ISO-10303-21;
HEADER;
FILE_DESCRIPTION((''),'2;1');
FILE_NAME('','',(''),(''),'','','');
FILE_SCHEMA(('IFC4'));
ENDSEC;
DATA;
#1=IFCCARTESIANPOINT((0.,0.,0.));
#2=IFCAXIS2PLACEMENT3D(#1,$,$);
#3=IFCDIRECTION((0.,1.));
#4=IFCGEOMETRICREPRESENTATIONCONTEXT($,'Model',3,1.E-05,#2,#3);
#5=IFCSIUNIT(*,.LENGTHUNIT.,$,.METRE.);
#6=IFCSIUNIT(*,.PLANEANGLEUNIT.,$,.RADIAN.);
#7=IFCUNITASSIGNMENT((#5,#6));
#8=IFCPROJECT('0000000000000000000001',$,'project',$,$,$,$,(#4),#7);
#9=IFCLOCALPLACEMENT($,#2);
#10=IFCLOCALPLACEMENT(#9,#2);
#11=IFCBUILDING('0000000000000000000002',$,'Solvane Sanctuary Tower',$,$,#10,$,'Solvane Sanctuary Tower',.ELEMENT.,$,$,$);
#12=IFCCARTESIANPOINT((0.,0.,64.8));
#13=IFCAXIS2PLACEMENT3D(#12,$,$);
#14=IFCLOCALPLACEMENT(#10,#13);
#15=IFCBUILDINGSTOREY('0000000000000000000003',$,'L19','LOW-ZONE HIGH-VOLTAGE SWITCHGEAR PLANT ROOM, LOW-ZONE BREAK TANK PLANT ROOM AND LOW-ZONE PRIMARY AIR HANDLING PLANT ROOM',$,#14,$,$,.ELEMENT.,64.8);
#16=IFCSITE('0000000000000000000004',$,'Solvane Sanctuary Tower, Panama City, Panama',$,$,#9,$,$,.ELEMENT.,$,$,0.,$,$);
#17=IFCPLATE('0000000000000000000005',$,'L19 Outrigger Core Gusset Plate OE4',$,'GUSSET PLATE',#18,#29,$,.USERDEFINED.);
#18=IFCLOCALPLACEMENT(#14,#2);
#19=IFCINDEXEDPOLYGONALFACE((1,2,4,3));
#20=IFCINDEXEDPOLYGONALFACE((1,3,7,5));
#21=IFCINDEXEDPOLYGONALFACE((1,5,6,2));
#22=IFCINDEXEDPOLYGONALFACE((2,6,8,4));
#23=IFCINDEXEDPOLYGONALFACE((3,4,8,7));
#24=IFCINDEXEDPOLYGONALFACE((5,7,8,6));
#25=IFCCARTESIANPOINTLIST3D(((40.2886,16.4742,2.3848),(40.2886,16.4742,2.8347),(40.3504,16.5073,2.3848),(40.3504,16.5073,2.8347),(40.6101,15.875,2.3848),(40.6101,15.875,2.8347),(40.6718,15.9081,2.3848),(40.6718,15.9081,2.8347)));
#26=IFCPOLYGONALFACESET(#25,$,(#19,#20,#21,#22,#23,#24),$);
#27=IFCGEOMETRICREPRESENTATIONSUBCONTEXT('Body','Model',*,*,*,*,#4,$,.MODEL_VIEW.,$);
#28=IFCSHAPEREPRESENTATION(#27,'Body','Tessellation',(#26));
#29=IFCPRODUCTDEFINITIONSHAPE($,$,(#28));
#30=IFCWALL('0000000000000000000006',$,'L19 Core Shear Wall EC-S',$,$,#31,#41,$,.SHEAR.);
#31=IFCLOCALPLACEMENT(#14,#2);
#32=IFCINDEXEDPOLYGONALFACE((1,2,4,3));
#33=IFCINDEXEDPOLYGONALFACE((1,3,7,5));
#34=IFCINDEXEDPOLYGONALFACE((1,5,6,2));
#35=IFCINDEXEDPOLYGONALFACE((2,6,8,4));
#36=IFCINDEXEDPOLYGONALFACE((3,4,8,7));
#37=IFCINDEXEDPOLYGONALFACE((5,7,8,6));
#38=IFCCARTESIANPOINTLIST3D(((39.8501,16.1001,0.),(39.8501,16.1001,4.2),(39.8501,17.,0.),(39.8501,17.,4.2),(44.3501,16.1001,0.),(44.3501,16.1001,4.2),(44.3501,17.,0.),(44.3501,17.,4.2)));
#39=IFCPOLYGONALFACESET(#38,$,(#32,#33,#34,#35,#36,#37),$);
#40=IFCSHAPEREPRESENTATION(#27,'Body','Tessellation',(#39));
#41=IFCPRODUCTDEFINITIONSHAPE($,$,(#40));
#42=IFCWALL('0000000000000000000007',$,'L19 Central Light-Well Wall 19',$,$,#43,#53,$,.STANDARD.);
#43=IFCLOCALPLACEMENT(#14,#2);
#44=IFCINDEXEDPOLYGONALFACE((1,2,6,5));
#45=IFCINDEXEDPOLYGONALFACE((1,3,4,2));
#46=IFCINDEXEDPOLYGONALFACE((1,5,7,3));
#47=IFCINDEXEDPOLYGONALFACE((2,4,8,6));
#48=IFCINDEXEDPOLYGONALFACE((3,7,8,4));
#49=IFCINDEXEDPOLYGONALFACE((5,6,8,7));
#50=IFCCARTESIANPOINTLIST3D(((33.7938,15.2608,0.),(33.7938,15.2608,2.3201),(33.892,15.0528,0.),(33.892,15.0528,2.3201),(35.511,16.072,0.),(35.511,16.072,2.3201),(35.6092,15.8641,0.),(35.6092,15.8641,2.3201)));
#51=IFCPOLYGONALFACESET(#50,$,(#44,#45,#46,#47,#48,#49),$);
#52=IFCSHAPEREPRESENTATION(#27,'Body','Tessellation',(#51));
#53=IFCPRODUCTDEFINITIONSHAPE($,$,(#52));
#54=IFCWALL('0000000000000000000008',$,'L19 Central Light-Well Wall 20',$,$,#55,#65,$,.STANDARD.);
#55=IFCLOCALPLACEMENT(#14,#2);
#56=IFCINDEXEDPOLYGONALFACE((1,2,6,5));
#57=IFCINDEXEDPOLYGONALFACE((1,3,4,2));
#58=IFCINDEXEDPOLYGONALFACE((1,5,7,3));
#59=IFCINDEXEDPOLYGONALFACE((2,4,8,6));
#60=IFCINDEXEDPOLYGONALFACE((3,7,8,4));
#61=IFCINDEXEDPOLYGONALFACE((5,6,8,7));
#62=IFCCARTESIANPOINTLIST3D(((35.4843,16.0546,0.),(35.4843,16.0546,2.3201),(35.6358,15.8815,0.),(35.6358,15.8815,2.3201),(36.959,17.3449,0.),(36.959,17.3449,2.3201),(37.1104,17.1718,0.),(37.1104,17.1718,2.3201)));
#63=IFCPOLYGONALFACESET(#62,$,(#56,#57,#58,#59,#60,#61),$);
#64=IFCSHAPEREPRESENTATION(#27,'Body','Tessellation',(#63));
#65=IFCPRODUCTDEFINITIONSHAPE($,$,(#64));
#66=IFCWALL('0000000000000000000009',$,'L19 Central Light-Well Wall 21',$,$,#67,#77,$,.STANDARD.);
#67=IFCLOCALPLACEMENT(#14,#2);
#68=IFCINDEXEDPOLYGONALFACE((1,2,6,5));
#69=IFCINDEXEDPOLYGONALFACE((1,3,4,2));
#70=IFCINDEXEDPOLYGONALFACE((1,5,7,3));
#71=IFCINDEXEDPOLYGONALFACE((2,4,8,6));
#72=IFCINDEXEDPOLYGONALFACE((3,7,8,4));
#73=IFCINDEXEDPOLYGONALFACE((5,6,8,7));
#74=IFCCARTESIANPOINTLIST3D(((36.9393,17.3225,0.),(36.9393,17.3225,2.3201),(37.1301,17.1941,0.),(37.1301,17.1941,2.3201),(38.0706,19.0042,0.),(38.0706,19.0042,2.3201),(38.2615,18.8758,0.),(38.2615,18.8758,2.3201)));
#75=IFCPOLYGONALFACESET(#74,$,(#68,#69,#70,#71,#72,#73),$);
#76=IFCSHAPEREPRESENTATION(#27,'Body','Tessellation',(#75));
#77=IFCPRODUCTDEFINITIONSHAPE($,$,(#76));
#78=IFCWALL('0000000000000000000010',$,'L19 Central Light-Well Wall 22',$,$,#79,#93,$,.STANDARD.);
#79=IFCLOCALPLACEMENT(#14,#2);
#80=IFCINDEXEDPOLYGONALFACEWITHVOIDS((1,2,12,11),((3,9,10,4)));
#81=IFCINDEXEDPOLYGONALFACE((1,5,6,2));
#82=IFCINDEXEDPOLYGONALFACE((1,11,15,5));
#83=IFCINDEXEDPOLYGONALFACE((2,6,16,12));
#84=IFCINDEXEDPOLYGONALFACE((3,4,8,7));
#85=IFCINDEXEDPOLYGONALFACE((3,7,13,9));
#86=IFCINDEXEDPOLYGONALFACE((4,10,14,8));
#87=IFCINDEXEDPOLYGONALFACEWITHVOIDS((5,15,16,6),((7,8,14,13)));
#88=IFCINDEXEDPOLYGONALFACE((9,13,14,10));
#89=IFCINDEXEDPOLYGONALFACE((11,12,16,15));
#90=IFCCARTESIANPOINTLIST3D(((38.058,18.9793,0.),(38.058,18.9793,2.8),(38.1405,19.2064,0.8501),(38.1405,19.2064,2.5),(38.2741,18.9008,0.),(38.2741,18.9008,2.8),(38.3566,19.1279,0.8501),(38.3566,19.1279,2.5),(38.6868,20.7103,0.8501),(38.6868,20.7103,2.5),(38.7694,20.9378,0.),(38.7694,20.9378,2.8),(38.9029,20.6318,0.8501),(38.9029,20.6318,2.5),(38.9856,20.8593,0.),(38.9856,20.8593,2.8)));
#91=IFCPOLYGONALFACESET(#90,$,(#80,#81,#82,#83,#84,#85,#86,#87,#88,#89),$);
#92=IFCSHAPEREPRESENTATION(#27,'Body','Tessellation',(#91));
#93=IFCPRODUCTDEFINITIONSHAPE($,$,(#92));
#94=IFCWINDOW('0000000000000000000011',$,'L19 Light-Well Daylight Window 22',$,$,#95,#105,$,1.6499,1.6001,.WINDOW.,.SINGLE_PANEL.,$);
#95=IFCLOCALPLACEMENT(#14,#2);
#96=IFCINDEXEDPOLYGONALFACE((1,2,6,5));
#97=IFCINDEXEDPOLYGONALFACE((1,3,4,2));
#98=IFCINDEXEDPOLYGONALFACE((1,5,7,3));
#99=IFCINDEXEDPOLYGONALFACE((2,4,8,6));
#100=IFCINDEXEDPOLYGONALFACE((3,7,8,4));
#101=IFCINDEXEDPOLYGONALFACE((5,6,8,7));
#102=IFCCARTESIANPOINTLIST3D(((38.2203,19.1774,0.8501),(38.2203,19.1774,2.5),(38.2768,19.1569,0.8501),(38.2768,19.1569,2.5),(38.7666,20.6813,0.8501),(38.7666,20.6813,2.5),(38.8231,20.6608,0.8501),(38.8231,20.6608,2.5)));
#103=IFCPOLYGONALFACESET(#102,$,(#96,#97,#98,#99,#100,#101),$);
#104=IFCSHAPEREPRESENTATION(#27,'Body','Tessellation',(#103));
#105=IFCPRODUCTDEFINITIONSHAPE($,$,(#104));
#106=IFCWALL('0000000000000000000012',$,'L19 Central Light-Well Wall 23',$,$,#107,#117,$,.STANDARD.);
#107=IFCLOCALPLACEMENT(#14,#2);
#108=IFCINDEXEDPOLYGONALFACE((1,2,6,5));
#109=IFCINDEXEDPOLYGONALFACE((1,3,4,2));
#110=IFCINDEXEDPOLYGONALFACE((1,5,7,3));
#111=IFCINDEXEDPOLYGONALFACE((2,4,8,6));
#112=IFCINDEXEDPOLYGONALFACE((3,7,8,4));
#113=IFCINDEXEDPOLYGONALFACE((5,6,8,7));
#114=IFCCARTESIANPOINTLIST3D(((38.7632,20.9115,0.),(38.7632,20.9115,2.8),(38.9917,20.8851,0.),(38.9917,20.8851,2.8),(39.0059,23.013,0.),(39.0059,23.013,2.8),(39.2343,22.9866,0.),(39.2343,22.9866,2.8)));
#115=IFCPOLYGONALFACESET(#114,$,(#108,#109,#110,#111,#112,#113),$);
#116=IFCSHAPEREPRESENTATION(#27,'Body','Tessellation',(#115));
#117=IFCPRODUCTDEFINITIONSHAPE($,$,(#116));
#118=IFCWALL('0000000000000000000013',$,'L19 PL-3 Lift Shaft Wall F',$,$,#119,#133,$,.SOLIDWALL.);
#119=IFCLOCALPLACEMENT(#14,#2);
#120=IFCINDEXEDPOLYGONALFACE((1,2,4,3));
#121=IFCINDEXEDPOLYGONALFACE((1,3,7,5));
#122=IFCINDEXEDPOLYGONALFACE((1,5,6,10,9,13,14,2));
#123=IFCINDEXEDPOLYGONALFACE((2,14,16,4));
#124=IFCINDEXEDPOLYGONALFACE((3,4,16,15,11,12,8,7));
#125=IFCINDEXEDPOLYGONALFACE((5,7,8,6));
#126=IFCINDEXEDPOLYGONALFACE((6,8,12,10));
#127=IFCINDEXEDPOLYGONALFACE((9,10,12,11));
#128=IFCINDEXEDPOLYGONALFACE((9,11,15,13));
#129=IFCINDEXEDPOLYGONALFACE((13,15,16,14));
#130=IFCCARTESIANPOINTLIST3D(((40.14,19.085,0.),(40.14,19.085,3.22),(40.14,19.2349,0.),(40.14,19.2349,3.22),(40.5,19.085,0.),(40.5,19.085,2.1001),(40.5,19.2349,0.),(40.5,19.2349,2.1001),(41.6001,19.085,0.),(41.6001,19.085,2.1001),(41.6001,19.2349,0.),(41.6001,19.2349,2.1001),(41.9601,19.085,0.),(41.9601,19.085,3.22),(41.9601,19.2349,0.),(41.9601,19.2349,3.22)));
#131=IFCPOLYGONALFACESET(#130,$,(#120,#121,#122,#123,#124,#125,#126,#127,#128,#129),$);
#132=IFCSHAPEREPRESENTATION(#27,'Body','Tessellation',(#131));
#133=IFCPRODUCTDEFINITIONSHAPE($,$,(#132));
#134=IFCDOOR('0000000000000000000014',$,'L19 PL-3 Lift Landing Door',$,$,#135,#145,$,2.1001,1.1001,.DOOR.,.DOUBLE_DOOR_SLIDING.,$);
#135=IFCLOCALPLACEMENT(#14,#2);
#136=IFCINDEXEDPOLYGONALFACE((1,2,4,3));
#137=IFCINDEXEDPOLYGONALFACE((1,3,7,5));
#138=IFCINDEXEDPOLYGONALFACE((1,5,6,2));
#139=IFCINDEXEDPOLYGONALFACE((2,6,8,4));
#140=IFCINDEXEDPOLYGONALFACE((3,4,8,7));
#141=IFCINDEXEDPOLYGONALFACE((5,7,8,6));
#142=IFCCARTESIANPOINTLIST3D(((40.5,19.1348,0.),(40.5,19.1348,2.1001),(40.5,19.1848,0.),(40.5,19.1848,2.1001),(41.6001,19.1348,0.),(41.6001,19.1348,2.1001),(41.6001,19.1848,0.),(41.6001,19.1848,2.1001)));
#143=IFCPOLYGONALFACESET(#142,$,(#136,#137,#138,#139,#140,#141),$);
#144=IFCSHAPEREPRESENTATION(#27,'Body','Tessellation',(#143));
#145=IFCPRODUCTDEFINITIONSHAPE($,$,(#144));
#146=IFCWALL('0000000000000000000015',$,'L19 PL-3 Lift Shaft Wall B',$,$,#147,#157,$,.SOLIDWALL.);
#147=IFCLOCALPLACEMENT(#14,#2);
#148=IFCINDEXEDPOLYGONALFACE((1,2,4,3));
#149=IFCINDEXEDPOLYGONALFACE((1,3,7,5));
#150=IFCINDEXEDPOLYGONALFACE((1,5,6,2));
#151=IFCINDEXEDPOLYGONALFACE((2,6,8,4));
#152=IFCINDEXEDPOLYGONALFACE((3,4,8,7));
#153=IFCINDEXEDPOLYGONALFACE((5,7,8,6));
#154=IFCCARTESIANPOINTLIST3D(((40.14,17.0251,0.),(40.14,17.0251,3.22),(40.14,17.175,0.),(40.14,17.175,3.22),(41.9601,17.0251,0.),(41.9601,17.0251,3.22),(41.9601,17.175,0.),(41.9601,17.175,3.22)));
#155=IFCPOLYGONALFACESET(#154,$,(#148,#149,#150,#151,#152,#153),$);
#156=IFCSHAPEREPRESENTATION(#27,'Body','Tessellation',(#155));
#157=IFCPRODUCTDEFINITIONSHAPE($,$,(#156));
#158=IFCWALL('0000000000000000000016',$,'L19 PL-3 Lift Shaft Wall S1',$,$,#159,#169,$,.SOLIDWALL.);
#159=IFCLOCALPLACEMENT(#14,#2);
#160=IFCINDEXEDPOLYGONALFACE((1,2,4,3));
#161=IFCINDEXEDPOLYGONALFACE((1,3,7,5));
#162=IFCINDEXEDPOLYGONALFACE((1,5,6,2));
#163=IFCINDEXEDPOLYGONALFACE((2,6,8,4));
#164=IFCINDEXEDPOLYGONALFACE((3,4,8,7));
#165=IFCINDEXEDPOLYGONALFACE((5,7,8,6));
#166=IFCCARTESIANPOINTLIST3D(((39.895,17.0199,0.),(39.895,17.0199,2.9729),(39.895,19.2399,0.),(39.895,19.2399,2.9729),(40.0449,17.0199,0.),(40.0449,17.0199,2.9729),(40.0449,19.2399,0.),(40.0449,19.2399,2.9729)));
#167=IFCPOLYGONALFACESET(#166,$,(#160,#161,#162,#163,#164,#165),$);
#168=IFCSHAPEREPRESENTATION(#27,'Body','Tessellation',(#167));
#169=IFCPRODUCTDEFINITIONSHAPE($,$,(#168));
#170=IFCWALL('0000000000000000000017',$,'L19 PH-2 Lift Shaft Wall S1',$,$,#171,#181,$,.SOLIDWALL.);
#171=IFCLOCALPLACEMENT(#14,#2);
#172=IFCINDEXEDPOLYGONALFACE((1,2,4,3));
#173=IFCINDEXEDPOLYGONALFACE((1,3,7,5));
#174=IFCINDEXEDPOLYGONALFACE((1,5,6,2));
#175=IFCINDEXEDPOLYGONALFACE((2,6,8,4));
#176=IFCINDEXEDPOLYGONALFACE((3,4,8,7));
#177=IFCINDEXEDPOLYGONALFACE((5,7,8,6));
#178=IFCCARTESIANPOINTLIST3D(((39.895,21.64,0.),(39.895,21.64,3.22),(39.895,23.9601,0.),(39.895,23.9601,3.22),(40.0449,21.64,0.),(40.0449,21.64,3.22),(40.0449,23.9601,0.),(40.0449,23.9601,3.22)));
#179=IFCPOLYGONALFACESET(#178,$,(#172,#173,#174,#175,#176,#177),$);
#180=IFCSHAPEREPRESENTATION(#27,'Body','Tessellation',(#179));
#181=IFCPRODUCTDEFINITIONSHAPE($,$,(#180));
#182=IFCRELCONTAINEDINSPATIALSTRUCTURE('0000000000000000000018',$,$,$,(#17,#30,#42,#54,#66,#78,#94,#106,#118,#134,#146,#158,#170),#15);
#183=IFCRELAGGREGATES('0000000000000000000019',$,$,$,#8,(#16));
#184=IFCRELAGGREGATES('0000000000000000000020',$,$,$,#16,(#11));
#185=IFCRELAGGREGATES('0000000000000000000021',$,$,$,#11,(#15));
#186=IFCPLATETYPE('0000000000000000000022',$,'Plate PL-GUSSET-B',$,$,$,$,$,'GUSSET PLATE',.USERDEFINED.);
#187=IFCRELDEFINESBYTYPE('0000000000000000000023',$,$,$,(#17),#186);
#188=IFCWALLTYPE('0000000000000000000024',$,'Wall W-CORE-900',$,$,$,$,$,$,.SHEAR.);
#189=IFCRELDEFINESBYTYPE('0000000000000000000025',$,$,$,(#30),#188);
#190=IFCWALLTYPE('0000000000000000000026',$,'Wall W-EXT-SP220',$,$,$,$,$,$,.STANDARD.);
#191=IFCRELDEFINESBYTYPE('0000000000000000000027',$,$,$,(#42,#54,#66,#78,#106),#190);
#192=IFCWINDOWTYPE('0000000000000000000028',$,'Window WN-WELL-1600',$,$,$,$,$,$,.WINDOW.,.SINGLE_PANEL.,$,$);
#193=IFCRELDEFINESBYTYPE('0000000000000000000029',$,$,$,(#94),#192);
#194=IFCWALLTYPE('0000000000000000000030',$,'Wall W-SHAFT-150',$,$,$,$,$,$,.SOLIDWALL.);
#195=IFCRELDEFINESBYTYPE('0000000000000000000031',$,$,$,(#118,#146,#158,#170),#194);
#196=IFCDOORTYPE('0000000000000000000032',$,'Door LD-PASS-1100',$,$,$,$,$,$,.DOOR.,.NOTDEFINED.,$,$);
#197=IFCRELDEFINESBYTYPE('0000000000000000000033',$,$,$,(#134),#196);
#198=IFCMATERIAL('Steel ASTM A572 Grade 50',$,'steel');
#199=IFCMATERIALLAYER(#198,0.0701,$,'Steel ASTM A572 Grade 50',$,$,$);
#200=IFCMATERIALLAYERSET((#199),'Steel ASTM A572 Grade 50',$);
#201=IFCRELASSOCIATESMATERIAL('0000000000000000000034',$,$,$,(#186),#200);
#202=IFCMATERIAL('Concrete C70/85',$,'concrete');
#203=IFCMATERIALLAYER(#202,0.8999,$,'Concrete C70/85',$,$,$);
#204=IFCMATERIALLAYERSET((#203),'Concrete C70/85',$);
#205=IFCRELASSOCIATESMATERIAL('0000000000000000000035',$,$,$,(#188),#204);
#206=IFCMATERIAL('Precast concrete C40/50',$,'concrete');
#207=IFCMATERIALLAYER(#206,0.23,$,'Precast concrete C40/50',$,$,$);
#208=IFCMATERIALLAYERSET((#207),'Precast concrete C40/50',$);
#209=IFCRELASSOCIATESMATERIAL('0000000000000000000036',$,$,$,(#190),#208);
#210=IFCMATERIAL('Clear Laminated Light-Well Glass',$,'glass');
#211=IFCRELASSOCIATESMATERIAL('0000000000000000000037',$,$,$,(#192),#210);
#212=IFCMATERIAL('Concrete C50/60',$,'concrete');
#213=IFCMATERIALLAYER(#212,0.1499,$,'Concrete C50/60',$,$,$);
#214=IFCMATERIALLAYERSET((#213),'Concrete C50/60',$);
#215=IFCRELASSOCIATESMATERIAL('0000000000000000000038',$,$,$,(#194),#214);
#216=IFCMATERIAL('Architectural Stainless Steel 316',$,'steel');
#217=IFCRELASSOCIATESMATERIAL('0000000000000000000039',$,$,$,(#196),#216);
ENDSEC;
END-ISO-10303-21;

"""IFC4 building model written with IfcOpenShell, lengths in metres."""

from ifc_helpers import new_model, si_unit, direction, frame, frame_2d, origin, origin_2d, place, context, subcontext, project, spatial, rectangle, extrude, material, layer, layer_set, type_object, element, fill, save


model = new_model("IFC4")

# Units and contexts
model_context = context("Model", 3, precision=1e-05, world=origin(), true_north=direction((0.0, 1.0)))
body_context = subcontext(model_context, "Body", "Model", "MODEL_VIEW")
ifc_project = project(units=[si_unit("LENGTHUNIT", "METRE"), si_unit("PLANEANGLEUNIT", "RADIAN")], contexts=[model_context])

# Site, building, storey
site_placement = place(None, origin())
site = spatial("IfcSite", under=ifc_project, at=site_placement, Name="Solvane Sanctuary Tower, Panama City, Panama", CompositionType="ELEMENT", RefElevation=0.0)
building_placement = place(site_placement, origin())
building = spatial("IfcBuilding", under=site, at=building_placement, Name="Solvane Sanctuary Tower", LongName="Solvane Sanctuary Tower", CompositionType="ELEMENT")
storey_placement = place(building_placement, frame((0.0, 0.0, 64.8)))
storey = spatial("IfcBuildingStorey", under=building, at=storey_placement, Name="L19", Description="LOW-ZONE HIGH-VOLTAGE SWITCHGEAR PLANT ROOM, LOW-ZONE BREAK TANK PLANT ROOM AND LOW-ZONE PRIMARY AIR HANDLING PLANT ROOM", CompositionType="ELEMENT", Elevation=64.8)

# Shared definitions
ifc_material_1 = material(Name="Concrete C70/85", Category="concrete")

# Plate
ifc_material_2 = material(Name="Steel ASTM A572 Grade 50", Category="steel")
ifc_layer_1 = layer(ifc_material_2, 0.0701, Name="Steel ASTM A572 Grade 50")
ifc_layer_set_1 = layer_set([ifc_layer_1], Name="Steel ASTM A572 Grade 50")
plate_type = type_object("IfcPlateType", Name="Plate PL-GUSSET-B", ElementType="GUSSET PLATE", PredefinedType="USERDEFINED", material=ifc_layer_set_1)
plate_placement = place(storey_placement, frame((40.4802, 16.1912, 2.3848), z_axis=(0.0, 0.0, 1.0), x_axis=(0.472705, -0.881221, 0.0)))
element("IfcPlate", 1, at=plate_placement, inside=storey, type_object=plate_type, Name="L19 Outrigger Core Gusset Plate OE4", ObjectType="GUSSET PLATE", PredefinedType="USERDEFINED", context=body_context, shape_type="SweptSolid", body=[
    extrude(rectangle(XDim=0.6799, YDim=0.0701, at=origin_2d()), origin(), (0.0, 0.0, 1.0), 0.45),
])

# Walls
ifc_layer_2 = layer(ifc_material_1, 0.8999, Name="Concrete C70/85")
ifc_layer_set_2 = layer_set([ifc_layer_2], Name="Concrete C70/85")
wall_type_1 = type_object("IfcWallType", Name="Wall W-CORE-900", PredefinedType="SHEAR", material=ifc_layer_set_2)
wall_1_placement = place(storey_placement, frame((39.8501, 16.55, 0.0), z_axis=(0.0, 0.0, 1.0), x_axis=(1.0, 0.0, 0.0)))
element("IfcWall", 2, at=wall_1_placement, inside=storey, type_object=wall_type_1, Name="L19 Core Shear Wall EC-S", PredefinedType="SHEAR", context=body_context, shape_type="SweptSolid", body=[
    extrude(rectangle(XDim=4.5, YDim=0.8999, at=frame_2d((2.25, 0.0))), origin(), (0.0, 0.0, 1.0), 4.2),
])
ifc_material_3 = material(Name="Precast concrete C40/50", Category="concrete")
ifc_layer_3 = layer(ifc_material_3, 0.23, Name="Precast concrete C40/50")
ifc_layer_set_3 = layer_set([ifc_layer_3], Name="Precast concrete C40/50")
wall_type_2 = type_object("IfcWallType", Name="Wall W-EXT-SP220", PredefinedType="STANDARD", material=ifc_layer_set_3)
wall_2_placement = place(storey_placement, frame((33.8428, 15.1567, 0.0), z_axis=(0.0, 0.0, 1.0), x_axis=(0.90418, 0.427152, 0.0)))
element("IfcWall", 3, at=wall_2_placement, inside=storey, type_object=wall_type_2, Name="L19 Central Light-Well Wall 19", PredefinedType="STANDARD", context=body_context, shape_type="SweptSolid", body=[
    extrude(rectangle(XDim=1.8992, YDim=0.23, at=frame_2d((0.9497, 0.0))), origin(), (0.0, 0.0, 1.0), 2.3201),
])
wall_3_placement = place(storey_placement, frame((35.5601, 15.968, 0.0), z_axis=(0.0, 0.0, 1.0), x_axis=(0.752577, 0.658505, 0.0)))
element("IfcWall", 4, at=wall_3_placement, inside=storey, type_object=wall_type_2, Name="L19 Central Light-Well Wall 20", PredefinedType="STANDARD", context=body_context, shape_type="SweptSolid", body=[
    extrude(rectangle(XDim=1.9595, YDim=0.23, at=frame_2d((0.9797, 0.0))), origin(), (0.0, 0.0, 1.0), 2.3201),
])
wall_4_placement = place(storey_placement, frame((37.0347, 17.2583, 0.0), z_axis=(0.0, 0.0, 1.0), x_axis=(0.558198, 0.829708, 0.0)))
element("IfcWall", 5, at=wall_4_placement, inside=storey, type_object=wall_type_2, Name="L19 Central Light-Well Wall 21", PredefinedType="STANDARD", context=body_context, shape_type="SweptSolid", body=[
    extrude(rectangle(XDim=2.0269, YDim=0.23, at=frame_2d((1.0134, 0.0))), origin(), (0.0, 0.0, 1.0), 2.3201),
])

# Wall, opening, window
wall_5_placement = place(storey_placement, frame((38.166, 18.9399, 0.0), z_axis=(0.0, 0.0, 1.0), x_axis=(0.341423, 0.93991, 0.0)))
wall_5 = element("IfcWall", 6, at=wall_5_placement, inside=storey, type_object=wall_type_2, Name="L19 Central Light-Well Wall 22", PredefinedType="STANDARD", context=body_context, shape_type="SweptSolid", body=[
    extrude(rectangle(XDim=2.0837, YDim=0.23, at=frame_2d((1.042, 0.0))), origin(), (0.0, 0.0, 1.0), 2.8),
])
opening_1_placement = place(wall_5_placement, frame((0.2417, 0.0, 0.8501)))
opening_1 = element("IfcOpeningElement", 7, at=opening_1_placement, cuts=wall_5, PredefinedType="OPENING", context=body_context, shape_type="SweptSolid", body=[
    extrude(rectangle(XDim=1.6001, YDim=1.6499, at=frame_2d((0.8, 0.825))), frame((0.0, 0.125, 0.0), z_axis=(0.0, -1.0, 0.0), x_axis=(1.0, 0.0, 0.0)), (0.0, 0.0, 1.0), 0.25),
])
ifc_material_4 = material(Name="Clear Laminated Light-Well Glass", Category="glass")
window_type = type_object("IfcWindowType", Name="Window WN-WELL-1600", PartitioningType="SINGLE_PANEL", PredefinedType="WINDOW", material=ifc_material_4)
window_placement = place(opening_1_placement, origin())
window = element("IfcWindow", 8, at=window_placement, inside=storey, type_object=window_type, Name="L19 Light-Well Daylight Window 22", OverallHeight=1.6499, OverallWidth=1.6001, PartitioningType="SINGLE_PANEL", PredefinedType="WINDOW", context=body_context, shape_type="SweptSolid", body=[
    extrude(rectangle(XDim=1.6001, YDim=1.6499, at=frame_2d((0.8, 0.825))), frame((0.0, 0.03, 0.0), z_axis=(0.0, -1.0, 0.0), x_axis=(1.0, 0.0, 0.0)), (0.0, 0.0, 1.0), 0.0601),
])
fill(opening_1, window)

# Wall
wall_6_placement = place(storey_placement, frame((38.8774, 20.8984, 0.0), z_axis=(0.0, 0.0, 1.0), x_axis=(0.114712, 0.993399, 0.0)))
element("IfcWall", 9, at=wall_6_placement, inside=storey, type_object=wall_type_2, Name="L19 Central Light-Well Wall 23", PredefinedType="STANDARD", context=body_context, shape_type="SweptSolid", body=[
    extrude(rectangle(XDim=2.1155, YDim=0.23, at=frame_2d((1.0576, 0.0))), origin(), (0.0, 0.0, 1.0), 2.8),
])

# Wall, opening, door
ifc_material_5 = material(Name="Concrete C50/60", Category="concrete")
ifc_layer_4 = layer(ifc_material_5, 0.1499, Name="Concrete C50/60")
ifc_layer_set_4 = layer_set([ifc_layer_4], Name="Concrete C50/60")
wall_type_3 = type_object("IfcWallType", Name="Wall W-SHAFT-150", PredefinedType="SOLIDWALL", material=ifc_layer_set_4)
wall_7_placement = place(storey_placement, frame((40.1399, 19.1599, 0.0), z_axis=(0.0, 0.0, 1.0), x_axis=(1.0, 0.0, 0.0)))
wall_7 = element("IfcWall", 10, at=wall_7_placement, inside=storey, type_object=wall_type_3, Name="L19 PL-3 Lift Shaft Wall F", PredefinedType="SOLIDWALL", context=body_context, shape_type="SweptSolid", body=[
    extrude(rectangle(XDim=1.8201, YDim=0.1499, at=frame_2d((0.9102, 0.0))), origin(), (0.0, 0.0, 1.0), 3.22),
])
opening_2_placement = place(wall_7_placement, frame((0.3601, 0.0, 0.0)))
opening_2 = element("IfcOpeningElement", 11, at=opening_2_placement, cuts=wall_7, PredefinedType="OPENING", context=body_context, shape_type="SweptSolid", body=[
    extrude(rectangle(XDim=1.1001, YDim=2.1001, at=frame_2d((0.55, 1.05))), frame((0.0, 0.085, 0.0), z_axis=(0.0, -1.0, 0.0), x_axis=(1.0, 0.0, 0.0)), (0.0, 0.0, 1.0), 0.1699),
])
ifc_material_6 = material(Name="Architectural Stainless Steel 316", Category="steel")
door_type = type_object("IfcDoorType", Name="Door LD-PASS-1100", OperationType="NOTDEFINED", PredefinedType="DOOR", material=ifc_material_6)
door_placement = place(opening_2_placement, origin())
door = element("IfcDoor", 12, at=door_placement, inside=storey, type_object=door_type, Name="L19 PL-3 Lift Landing Door", OperationType="DOUBLE_DOOR_SLIDING", OverallHeight=2.1001, OverallWidth=1.1001, PredefinedType="DOOR", context=body_context, shape_type="SweptSolid", body=[
    extrude(rectangle(XDim=1.1001, YDim=2.1001, at=frame_2d((0.55, 1.05))), frame((0.0, 0.0249, 0.0), z_axis=(0.0, -1.0, 0.0), x_axis=(1.0, 0.0, 0.0)), (0.0, 0.0, 1.0), 0.05),
])
fill(opening_2, door)

# Walls
wall_8_placement = place(storey_placement, frame((40.1399, 17.1001, 0.0), z_axis=(0.0, 0.0, 1.0), x_axis=(1.0, 0.0, 0.0)))
element("IfcWall", 13, at=wall_8_placement, inside=storey, type_object=wall_type_3, Name="L19 PL-3 Lift Shaft Wall B", PredefinedType="SOLIDWALL", context=body_context, shape_type="SweptSolid", body=[
    extrude(rectangle(XDim=1.8201, YDim=0.1499, at=frame_2d((0.9102, 0.0))), origin(), (0.0, 0.0, 1.0), 3.22),
])
wall_9_placement = place(storey_placement, frame((39.97, 17.02, 0.0), z_axis=(0.0, 0.0, 1.0), x_axis=(0.0, 1.0, 0.0)))
element("IfcWall", 14, at=wall_9_placement, inside=storey, type_object=wall_type_3, Name="L19 PL-3 Lift Shaft Wall S1", PredefinedType="SOLIDWALL", context=body_context, shape_type="SweptSolid", body=[
    extrude(rectangle(XDim=2.22, YDim=0.1499, at=frame_2d((1.1099, 0.0))), origin(), (0.0, 0.0, 1.0), 2.9729),
])
wall_10_placement = place(storey_placement, frame((39.97, 21.6399, 0.0), z_axis=(0.0, 0.0, 1.0), x_axis=(0.0, 1.0, 0.0)))
element("IfcWall", 15, at=wall_10_placement, inside=storey, type_object=wall_type_3, Name="L19 PH-2 Lift Shaft Wall S1", PredefinedType="SOLIDWALL", context=body_context, shape_type="SweptSolid", body=[
    extrude(rectangle(XDim=2.3201, YDim=0.1499, at=frame_2d((1.1602, 0.0))), origin(), (0.0, 0.0, 1.0), 3.22),
])

save(model, "model.ifc")
